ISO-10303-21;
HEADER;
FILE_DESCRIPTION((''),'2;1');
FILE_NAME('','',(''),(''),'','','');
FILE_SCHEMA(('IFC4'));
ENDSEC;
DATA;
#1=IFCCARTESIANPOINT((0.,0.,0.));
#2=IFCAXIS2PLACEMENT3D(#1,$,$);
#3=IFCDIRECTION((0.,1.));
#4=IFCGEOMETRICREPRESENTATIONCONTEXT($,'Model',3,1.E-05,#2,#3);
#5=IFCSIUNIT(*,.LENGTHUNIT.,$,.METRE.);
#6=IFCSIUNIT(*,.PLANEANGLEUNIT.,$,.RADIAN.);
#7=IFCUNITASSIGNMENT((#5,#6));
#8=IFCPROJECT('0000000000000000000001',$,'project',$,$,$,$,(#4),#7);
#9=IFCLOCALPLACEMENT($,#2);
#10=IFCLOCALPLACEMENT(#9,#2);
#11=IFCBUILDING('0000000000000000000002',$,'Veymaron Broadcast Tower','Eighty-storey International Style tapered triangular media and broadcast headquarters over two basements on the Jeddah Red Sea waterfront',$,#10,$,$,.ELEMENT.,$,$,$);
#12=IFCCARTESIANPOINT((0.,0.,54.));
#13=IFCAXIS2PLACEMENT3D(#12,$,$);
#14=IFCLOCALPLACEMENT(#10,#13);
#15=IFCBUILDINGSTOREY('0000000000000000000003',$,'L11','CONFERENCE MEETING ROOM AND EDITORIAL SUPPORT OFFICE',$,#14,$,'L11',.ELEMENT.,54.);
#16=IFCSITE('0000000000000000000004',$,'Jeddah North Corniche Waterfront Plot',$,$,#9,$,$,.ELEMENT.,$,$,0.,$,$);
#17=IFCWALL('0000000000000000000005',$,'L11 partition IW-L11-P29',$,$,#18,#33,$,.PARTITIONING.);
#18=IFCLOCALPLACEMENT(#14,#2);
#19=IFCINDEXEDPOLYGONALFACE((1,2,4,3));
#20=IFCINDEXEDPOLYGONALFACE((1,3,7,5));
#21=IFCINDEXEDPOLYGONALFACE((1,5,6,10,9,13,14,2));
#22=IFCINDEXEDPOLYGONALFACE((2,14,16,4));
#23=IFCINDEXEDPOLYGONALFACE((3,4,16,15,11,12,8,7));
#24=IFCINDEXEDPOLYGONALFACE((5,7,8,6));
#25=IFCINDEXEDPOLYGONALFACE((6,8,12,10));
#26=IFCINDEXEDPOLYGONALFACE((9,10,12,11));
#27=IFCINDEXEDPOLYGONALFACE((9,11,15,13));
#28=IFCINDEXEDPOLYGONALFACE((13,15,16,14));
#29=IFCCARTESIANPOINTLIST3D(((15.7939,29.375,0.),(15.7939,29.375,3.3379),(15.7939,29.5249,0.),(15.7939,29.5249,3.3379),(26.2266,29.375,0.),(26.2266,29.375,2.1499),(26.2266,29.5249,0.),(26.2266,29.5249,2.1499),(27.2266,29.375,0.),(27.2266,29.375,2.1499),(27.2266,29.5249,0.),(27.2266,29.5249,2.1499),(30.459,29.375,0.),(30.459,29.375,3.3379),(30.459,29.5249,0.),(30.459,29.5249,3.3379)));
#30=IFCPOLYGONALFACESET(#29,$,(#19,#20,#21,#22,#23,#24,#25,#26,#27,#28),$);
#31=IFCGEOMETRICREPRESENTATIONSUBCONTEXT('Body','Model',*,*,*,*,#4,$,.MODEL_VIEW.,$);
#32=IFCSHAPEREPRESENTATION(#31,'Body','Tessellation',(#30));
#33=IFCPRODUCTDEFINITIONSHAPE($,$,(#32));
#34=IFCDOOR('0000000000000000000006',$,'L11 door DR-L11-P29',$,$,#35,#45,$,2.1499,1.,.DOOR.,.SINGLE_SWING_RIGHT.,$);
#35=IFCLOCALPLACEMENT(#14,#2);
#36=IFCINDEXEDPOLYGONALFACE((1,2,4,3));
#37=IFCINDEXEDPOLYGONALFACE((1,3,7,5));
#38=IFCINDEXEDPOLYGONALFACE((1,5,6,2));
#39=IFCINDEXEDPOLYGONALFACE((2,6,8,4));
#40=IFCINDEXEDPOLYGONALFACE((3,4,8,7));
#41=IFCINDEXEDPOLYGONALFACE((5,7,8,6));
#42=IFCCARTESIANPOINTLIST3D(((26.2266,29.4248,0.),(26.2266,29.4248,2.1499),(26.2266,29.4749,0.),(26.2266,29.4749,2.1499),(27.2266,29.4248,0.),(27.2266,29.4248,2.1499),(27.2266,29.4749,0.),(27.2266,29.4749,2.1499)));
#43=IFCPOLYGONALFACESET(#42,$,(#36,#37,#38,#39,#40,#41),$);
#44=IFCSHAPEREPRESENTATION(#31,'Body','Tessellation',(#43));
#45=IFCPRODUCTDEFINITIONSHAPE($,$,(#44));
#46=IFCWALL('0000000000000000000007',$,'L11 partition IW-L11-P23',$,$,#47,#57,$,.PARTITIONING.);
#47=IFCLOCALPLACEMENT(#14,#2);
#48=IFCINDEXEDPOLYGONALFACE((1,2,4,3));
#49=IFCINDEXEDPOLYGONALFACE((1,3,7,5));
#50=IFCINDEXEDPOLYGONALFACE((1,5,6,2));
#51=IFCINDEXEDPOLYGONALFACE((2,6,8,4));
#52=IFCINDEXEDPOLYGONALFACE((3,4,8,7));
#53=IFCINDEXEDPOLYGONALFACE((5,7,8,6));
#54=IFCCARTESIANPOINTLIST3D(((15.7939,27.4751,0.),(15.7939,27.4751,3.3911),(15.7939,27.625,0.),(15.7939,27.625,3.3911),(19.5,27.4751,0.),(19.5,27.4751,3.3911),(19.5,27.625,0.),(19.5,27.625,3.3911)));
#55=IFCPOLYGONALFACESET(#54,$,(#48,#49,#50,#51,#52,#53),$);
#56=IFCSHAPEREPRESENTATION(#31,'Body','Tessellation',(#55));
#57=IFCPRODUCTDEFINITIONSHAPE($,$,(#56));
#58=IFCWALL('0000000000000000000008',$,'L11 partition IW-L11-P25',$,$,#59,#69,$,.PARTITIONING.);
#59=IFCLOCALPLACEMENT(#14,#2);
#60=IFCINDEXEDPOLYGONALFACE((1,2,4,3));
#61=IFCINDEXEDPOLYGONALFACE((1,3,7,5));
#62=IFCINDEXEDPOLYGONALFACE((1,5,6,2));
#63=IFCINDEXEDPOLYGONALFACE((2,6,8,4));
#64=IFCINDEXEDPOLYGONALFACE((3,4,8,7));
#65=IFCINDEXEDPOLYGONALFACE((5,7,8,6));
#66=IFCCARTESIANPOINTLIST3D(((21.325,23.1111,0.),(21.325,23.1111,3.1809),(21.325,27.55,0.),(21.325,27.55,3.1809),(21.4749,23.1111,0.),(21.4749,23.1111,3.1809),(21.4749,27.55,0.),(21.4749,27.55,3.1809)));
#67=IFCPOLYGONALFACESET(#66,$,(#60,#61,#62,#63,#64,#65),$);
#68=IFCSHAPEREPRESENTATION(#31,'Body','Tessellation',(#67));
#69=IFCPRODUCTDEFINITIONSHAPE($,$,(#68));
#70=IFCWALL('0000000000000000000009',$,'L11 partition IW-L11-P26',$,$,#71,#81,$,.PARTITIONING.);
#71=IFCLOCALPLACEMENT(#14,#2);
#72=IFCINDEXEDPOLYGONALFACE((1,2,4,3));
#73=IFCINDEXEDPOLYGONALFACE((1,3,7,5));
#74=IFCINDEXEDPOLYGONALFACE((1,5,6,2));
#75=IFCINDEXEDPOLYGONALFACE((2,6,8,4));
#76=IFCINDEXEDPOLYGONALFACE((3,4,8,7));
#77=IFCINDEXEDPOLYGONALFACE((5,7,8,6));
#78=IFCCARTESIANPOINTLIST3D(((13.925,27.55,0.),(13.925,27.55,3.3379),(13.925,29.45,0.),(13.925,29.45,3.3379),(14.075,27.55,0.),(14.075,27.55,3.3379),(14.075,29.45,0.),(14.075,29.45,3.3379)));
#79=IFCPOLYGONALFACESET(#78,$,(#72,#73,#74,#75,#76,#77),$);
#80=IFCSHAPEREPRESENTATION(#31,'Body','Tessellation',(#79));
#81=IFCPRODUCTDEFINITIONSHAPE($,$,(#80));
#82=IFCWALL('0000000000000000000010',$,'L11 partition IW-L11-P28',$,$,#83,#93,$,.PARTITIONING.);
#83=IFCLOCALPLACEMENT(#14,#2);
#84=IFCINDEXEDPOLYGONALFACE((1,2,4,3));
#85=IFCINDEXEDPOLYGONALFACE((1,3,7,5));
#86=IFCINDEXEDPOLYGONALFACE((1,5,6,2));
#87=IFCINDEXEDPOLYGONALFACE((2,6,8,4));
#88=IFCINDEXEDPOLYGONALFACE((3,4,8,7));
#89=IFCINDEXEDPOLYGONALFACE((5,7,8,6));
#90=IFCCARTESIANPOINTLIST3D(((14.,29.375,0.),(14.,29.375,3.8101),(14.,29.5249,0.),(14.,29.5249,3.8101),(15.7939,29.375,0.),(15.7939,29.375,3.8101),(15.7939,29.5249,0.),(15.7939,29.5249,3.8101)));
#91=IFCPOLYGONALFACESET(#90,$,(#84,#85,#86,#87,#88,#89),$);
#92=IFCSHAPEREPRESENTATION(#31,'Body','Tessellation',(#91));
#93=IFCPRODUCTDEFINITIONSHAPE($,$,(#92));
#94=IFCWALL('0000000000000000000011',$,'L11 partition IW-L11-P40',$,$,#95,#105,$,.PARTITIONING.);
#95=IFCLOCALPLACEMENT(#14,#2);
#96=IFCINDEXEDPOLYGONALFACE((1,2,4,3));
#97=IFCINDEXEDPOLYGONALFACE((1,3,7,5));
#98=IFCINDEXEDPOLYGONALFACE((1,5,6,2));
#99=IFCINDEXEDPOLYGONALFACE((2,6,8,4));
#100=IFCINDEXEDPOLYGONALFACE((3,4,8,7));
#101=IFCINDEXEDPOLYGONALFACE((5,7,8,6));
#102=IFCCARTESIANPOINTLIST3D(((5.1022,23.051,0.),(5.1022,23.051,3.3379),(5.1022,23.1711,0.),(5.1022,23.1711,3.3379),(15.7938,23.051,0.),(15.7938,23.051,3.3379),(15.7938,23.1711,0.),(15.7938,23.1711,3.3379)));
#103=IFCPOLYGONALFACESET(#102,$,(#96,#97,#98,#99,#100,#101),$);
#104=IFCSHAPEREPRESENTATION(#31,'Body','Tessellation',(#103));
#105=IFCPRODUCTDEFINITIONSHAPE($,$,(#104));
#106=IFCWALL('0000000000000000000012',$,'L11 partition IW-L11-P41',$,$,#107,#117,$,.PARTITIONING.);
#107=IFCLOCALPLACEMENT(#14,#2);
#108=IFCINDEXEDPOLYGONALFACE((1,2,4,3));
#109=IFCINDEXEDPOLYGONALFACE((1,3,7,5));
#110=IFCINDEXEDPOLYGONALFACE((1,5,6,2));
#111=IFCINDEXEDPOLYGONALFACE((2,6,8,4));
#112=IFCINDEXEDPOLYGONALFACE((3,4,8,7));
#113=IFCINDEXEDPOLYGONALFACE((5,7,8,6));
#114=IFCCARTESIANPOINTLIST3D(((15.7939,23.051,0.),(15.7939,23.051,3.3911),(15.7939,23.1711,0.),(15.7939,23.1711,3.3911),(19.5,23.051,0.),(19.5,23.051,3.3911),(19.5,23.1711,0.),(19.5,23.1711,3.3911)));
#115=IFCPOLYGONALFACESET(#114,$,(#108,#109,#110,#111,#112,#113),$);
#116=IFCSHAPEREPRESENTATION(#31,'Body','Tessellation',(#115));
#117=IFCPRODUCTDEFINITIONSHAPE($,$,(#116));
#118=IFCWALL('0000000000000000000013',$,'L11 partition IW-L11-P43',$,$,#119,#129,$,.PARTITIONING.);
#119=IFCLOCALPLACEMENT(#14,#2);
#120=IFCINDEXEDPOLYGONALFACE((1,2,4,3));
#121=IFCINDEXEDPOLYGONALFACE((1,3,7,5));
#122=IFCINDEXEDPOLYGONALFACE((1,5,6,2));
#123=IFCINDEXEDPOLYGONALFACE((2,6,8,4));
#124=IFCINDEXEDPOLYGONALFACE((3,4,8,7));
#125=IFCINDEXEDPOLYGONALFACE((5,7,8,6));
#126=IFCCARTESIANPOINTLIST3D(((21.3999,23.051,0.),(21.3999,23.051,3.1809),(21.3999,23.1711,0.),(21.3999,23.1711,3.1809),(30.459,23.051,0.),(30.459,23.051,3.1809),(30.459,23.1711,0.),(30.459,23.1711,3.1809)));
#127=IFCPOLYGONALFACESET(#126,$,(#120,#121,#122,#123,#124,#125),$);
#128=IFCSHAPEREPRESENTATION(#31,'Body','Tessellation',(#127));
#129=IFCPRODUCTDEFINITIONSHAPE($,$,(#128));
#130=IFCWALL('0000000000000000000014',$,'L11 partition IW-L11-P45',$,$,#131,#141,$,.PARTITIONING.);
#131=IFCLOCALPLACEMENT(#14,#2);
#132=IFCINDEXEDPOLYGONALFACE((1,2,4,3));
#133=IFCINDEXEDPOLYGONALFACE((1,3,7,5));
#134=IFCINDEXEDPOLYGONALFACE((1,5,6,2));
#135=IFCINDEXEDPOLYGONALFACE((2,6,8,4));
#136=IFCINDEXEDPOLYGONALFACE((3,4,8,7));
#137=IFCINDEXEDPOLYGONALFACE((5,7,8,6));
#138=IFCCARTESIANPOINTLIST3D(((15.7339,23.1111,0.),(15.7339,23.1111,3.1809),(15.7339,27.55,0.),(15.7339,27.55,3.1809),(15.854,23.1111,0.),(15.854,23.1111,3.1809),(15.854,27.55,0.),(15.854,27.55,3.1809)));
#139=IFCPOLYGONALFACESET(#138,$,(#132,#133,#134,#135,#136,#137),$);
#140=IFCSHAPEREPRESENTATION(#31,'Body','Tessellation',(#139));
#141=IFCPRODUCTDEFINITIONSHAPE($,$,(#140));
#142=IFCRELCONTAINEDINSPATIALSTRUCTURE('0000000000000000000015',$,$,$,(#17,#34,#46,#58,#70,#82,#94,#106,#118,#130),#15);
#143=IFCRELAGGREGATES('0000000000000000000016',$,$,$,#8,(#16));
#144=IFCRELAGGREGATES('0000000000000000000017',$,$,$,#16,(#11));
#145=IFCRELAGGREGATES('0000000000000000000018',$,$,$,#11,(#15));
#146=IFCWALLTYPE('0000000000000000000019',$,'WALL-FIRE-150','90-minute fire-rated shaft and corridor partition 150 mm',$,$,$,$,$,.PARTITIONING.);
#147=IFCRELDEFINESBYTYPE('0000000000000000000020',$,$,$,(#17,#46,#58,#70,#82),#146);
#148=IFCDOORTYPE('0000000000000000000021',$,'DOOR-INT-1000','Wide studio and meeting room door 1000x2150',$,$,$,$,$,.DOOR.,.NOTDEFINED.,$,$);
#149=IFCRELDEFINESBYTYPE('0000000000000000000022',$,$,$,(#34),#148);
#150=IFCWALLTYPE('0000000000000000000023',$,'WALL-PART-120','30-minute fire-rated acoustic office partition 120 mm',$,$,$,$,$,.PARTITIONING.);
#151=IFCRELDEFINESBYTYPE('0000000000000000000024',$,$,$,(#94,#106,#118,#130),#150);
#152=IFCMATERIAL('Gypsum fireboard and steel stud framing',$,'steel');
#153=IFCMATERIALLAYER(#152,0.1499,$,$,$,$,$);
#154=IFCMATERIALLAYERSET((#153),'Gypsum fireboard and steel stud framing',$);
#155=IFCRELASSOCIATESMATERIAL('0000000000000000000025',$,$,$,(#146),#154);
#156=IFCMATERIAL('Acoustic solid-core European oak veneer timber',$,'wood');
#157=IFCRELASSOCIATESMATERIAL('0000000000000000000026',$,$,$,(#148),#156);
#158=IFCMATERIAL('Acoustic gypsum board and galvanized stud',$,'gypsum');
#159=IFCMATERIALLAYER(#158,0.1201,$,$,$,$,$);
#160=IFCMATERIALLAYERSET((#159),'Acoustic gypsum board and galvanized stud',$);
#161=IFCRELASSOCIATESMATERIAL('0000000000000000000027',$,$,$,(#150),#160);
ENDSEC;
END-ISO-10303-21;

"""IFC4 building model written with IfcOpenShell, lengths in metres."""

from ifc_helpers import new_model, si_unit, direction, frame, frame_2d, origin, place, context, subcontext, project, spatial, rectangle, extrude, material, layer, layer_set, type_object, element, fill, save


model = new_model("IFC4")

# Units and contexts
model_context = context("Model", 3, precision=1e-05, world=origin(), true_north=direction((0.0, 1.0)))
body_context = subcontext(model_context, "Body", "Model", "MODEL_VIEW")
ifc_project = project(units=[si_unit("LENGTHUNIT", "METRE"), si_unit("PLANEANGLEUNIT", "RADIAN")], contexts=[model_context])

# Site, building, storey
site_placement = place(None, origin())
site = spatial("IfcSite", under=ifc_project, at=site_placement, Name="Jeddah North Corniche Waterfront Plot", CompositionType="ELEMENT", RefElevation=0.0)
building_placement = place(site_placement, origin())
building = spatial("IfcBuilding", under=site, at=building_placement, Name="Veymaron Broadcast Tower", Description="Eighty-storey International Style tapered triangular media and broadcast headquarters over two basements on the Jeddah Red Sea waterfront", CompositionType="ELEMENT")
storey_placement = place(building_placement, frame((0.0, 0.0, 54.0)))
storey = spatial("IfcBuildingStorey", under=building, at=storey_placement, Name="L11", Description="CONFERENCE MEETING ROOM AND EDITORIAL SUPPORT OFFICE", LongName="L11", CompositionType="ELEMENT", Elevation=54.0)

# Wall, opening, door
ifc_material_1 = material(Name="Gypsum fireboard and steel stud framing", Category="steel")
ifc_layer_1 = layer(ifc_material_1, 0.1499)
ifc_layer_set_1 = layer_set([ifc_layer_1], Name="Gypsum fireboard and steel stud framing")
wall_type_1 = type_object("IfcWallType", Name="WALL-FIRE-150", Description="90-minute fire-rated shaft and corridor partition 150 mm", PredefinedType="PARTITIONING", material=ifc_layer_set_1)
ifc_material_2 = material(Name="Acoustic solid-core European oak veneer timber", Category="wood")
door_type_1 = type_object("IfcDoorType", Name="DOOR-INT-1000", Description="Wide studio and meeting room door 1000x2150", OperationType="NOTDEFINED", PredefinedType="DOOR", material=ifc_material_2)
wall_1_placement = place(storey_placement, frame((15.7939, 29.45, 0.0), z_axis=(0.0, 0.0, 1.0), x_axis=(1.0, 0.0, 0.0)))
wall_1 = element("IfcWall", 1, at=wall_1_placement, inside=storey, type_object=wall_type_1, Name="L11 partition IW-L11-P29", PredefinedType="PARTITIONING", context=body_context, shape_type="SweptSolid", body=[
    extrude(rectangle(XDim=14.665, YDim=0.1499, at=frame_2d((7.3325, 0.0))), origin(), (0.0, 0.0, 1.0), 3.3379),
])
opening_1_placement = place(wall_1_placement, frame((10.4326, 0.0, 0.0)))
opening_1 = element("IfcOpeningElement", 2, at=opening_1_placement, cuts=wall_1, PredefinedType="OPENING", context=body_context, shape_type="SweptSolid", body=[
    extrude(rectangle(XDim=1.0, YDim=2.1499, at=frame_2d((0.5, 1.075))), frame((0.0, 0.085, 0.0), z_axis=(0.0, -1.0, 0.0), x_axis=(1.0, 0.0, 0.0)), (0.0, 0.0, 1.0), 0.1699),
])
door_1_placement = place(opening_1_placement, origin())
door_1 = element("IfcDoor", 3, at=door_1_placement, inside=storey, type_object=door_type_1, Name="L11 door DR-L11-P29", OperationType="SINGLE_SWING_RIGHT", OverallHeight=2.1499, OverallWidth=1.0, PredefinedType="DOOR", context=body_context, shape_type="SweptSolid", body=[
    extrude(rectangle(XDim=1.0, YDim=2.1499, at=frame_2d((0.5, 1.075))), frame((0.0, 0.0249, 0.0), z_axis=(0.0, -1.0, 0.0), x_axis=(1.0, 0.0, 0.0)), (0.0, 0.0, 1.0), 0.05),
])
fill(opening_1, door_1)

# Walls
wall_2_placement = place(storey_placement, frame((15.7939, 27.55, 0.0), z_axis=(0.0, 0.0, 1.0), x_axis=(1.0, 0.0, 0.0)))
element("IfcWall", 4, at=wall_2_placement, inside=storey, type_object=wall_type_1, Name="L11 partition IW-L11-P23", PredefinedType="PARTITIONING", context=body_context, shape_type="SweptSolid", body=[
    extrude(rectangle(XDim=3.7061, YDim=0.1499, at=frame_2d((1.853, 0.0))), origin(), (0.0, 0.0, 1.0), 3.3911),
])
wall_3_placement = place(storey_placement, frame((21.3999, 23.1111, 0.0), z_axis=(0.0, 0.0, 1.0), x_axis=(0.0, 1.0, 0.0)))
element("IfcWall", 5, at=wall_3_placement, inside=storey, type_object=wall_type_1, Name="L11 partition IW-L11-P25", PredefinedType="PARTITIONING", context=body_context, shape_type="SweptSolid", body=[
    extrude(rectangle(XDim=4.439, YDim=0.1499, at=frame_2d((2.2195, 0.0))), origin(), (0.0, 0.0, 1.0), 3.1809),
])
wall_4_placement = place(storey_placement, frame((14.0, 27.55, 0.0), z_axis=(0.0, 0.0, 1.0), x_axis=(0.0, 1.0, 0.0)))
element("IfcWall", 6, at=wall_4_placement, inside=storey, type_object=wall_type_1, Name="L11 partition IW-L11-P26", PredefinedType="PARTITIONING", context=body_context, shape_type="SweptSolid", body=[
    extrude(rectangle(XDim=1.8999, YDim=0.1499, at=frame_2d((0.95, 0.0))), origin(), (0.0, 0.0, 1.0), 3.3379),
])
wall_5_placement = place(storey_placement, frame((14.0, 29.45, 0.0), z_axis=(0.0, 0.0, 1.0), x_axis=(1.0, 0.0, 0.0)))
element("IfcWall", 7, at=wall_5_placement, inside=storey, type_object=wall_type_1, Name="L11 partition IW-L11-P28", PredefinedType="PARTITIONING", context=body_context, shape_type="SweptSolid", body=[
    extrude(rectangle(XDim=1.7939, YDim=0.1499, at=frame_2d((0.897, 0.0))), origin(), (0.0, 0.0, 1.0), 3.8101),
])
ifc_material_3 = material(Name="Acoustic gypsum board and galvanized stud", Category="gypsum")
ifc_layer_2 = layer(ifc_material_3, 0.1201)
ifc_layer_set_2 = layer_set([ifc_layer_2], Name="Acoustic gypsum board and galvanized stud")
wall_type_2 = type_object("IfcWallType", Name="WALL-PART-120", Description="30-minute fire-rated acoustic office partition 120 mm", PredefinedType="PARTITIONING", material=ifc_layer_set_2)
wall_6_placement = place(storey_placement, frame((5.1023, 23.1111, 0.0), z_axis=(0.0, 0.0, 1.0), x_axis=(1.0, 0.0, 0.0)))
element("IfcWall", 8, at=wall_6_placement, inside=storey, type_object=wall_type_2, Name="L11 partition IW-L11-P40", PredefinedType="PARTITIONING", context=body_context, shape_type="SweptSolid", body=[
    extrude(rectangle(XDim=10.6917, YDim=0.1201, at=frame_2d((5.3457, 0.0))), origin(), (0.0, 0.0, 1.0), 3.3379),
])
wall_7_placement = place(storey_placement, frame((15.7939, 23.1111, 0.0), z_axis=(0.0, 0.0, 1.0), x_axis=(1.0, 0.0, 0.0)))
element("IfcWall", 9, at=wall_7_placement, inside=storey, type_object=wall_type_2, Name="L11 partition IW-L11-P41", PredefinedType="PARTITIONING", context=body_context, shape_type="SweptSolid", body=[
    extrude(rectangle(XDim=3.7061, YDim=0.1201, at=frame_2d((1.853, 0.0))), origin(), (0.0, 0.0, 1.0), 3.3911),
])
wall_8_placement = place(storey_placement, frame((21.3999, 23.1111, 0.0), z_axis=(0.0, 0.0, 1.0), x_axis=(1.0, 0.0, 0.0)))
element("IfcWall", 10, at=wall_8_placement, inside=storey, type_object=wall_type_2, Name="L11 partition IW-L11-P43", PredefinedType="PARTITIONING", context=body_context, shape_type="SweptSolid", body=[
    extrude(rectangle(XDim=9.0591, YDim=0.1201, at=frame_2d((4.5295, 0.0))), origin(), (0.0, 0.0, 1.0), 3.1809),
])
wall_9_placement = place(storey_placement, frame((15.7939, 23.1111, 0.0), z_axis=(0.0, 0.0, 1.0), x_axis=(0.0, 1.0, 0.0)))
element("IfcWall", 11, at=wall_9_placement, inside=storey, type_object=wall_type_2, Name="L11 partition IW-L11-P45", PredefinedType="PARTITIONING", context=body_context, shape_type="SweptSolid", body=[
    extrude(rectangle(XDim=4.439, YDim=0.1201, at=frame_2d((2.2195, 0.0))), origin(), (0.0, 0.0, 1.0), 3.1809),
])

save(model, "model.ifc")
